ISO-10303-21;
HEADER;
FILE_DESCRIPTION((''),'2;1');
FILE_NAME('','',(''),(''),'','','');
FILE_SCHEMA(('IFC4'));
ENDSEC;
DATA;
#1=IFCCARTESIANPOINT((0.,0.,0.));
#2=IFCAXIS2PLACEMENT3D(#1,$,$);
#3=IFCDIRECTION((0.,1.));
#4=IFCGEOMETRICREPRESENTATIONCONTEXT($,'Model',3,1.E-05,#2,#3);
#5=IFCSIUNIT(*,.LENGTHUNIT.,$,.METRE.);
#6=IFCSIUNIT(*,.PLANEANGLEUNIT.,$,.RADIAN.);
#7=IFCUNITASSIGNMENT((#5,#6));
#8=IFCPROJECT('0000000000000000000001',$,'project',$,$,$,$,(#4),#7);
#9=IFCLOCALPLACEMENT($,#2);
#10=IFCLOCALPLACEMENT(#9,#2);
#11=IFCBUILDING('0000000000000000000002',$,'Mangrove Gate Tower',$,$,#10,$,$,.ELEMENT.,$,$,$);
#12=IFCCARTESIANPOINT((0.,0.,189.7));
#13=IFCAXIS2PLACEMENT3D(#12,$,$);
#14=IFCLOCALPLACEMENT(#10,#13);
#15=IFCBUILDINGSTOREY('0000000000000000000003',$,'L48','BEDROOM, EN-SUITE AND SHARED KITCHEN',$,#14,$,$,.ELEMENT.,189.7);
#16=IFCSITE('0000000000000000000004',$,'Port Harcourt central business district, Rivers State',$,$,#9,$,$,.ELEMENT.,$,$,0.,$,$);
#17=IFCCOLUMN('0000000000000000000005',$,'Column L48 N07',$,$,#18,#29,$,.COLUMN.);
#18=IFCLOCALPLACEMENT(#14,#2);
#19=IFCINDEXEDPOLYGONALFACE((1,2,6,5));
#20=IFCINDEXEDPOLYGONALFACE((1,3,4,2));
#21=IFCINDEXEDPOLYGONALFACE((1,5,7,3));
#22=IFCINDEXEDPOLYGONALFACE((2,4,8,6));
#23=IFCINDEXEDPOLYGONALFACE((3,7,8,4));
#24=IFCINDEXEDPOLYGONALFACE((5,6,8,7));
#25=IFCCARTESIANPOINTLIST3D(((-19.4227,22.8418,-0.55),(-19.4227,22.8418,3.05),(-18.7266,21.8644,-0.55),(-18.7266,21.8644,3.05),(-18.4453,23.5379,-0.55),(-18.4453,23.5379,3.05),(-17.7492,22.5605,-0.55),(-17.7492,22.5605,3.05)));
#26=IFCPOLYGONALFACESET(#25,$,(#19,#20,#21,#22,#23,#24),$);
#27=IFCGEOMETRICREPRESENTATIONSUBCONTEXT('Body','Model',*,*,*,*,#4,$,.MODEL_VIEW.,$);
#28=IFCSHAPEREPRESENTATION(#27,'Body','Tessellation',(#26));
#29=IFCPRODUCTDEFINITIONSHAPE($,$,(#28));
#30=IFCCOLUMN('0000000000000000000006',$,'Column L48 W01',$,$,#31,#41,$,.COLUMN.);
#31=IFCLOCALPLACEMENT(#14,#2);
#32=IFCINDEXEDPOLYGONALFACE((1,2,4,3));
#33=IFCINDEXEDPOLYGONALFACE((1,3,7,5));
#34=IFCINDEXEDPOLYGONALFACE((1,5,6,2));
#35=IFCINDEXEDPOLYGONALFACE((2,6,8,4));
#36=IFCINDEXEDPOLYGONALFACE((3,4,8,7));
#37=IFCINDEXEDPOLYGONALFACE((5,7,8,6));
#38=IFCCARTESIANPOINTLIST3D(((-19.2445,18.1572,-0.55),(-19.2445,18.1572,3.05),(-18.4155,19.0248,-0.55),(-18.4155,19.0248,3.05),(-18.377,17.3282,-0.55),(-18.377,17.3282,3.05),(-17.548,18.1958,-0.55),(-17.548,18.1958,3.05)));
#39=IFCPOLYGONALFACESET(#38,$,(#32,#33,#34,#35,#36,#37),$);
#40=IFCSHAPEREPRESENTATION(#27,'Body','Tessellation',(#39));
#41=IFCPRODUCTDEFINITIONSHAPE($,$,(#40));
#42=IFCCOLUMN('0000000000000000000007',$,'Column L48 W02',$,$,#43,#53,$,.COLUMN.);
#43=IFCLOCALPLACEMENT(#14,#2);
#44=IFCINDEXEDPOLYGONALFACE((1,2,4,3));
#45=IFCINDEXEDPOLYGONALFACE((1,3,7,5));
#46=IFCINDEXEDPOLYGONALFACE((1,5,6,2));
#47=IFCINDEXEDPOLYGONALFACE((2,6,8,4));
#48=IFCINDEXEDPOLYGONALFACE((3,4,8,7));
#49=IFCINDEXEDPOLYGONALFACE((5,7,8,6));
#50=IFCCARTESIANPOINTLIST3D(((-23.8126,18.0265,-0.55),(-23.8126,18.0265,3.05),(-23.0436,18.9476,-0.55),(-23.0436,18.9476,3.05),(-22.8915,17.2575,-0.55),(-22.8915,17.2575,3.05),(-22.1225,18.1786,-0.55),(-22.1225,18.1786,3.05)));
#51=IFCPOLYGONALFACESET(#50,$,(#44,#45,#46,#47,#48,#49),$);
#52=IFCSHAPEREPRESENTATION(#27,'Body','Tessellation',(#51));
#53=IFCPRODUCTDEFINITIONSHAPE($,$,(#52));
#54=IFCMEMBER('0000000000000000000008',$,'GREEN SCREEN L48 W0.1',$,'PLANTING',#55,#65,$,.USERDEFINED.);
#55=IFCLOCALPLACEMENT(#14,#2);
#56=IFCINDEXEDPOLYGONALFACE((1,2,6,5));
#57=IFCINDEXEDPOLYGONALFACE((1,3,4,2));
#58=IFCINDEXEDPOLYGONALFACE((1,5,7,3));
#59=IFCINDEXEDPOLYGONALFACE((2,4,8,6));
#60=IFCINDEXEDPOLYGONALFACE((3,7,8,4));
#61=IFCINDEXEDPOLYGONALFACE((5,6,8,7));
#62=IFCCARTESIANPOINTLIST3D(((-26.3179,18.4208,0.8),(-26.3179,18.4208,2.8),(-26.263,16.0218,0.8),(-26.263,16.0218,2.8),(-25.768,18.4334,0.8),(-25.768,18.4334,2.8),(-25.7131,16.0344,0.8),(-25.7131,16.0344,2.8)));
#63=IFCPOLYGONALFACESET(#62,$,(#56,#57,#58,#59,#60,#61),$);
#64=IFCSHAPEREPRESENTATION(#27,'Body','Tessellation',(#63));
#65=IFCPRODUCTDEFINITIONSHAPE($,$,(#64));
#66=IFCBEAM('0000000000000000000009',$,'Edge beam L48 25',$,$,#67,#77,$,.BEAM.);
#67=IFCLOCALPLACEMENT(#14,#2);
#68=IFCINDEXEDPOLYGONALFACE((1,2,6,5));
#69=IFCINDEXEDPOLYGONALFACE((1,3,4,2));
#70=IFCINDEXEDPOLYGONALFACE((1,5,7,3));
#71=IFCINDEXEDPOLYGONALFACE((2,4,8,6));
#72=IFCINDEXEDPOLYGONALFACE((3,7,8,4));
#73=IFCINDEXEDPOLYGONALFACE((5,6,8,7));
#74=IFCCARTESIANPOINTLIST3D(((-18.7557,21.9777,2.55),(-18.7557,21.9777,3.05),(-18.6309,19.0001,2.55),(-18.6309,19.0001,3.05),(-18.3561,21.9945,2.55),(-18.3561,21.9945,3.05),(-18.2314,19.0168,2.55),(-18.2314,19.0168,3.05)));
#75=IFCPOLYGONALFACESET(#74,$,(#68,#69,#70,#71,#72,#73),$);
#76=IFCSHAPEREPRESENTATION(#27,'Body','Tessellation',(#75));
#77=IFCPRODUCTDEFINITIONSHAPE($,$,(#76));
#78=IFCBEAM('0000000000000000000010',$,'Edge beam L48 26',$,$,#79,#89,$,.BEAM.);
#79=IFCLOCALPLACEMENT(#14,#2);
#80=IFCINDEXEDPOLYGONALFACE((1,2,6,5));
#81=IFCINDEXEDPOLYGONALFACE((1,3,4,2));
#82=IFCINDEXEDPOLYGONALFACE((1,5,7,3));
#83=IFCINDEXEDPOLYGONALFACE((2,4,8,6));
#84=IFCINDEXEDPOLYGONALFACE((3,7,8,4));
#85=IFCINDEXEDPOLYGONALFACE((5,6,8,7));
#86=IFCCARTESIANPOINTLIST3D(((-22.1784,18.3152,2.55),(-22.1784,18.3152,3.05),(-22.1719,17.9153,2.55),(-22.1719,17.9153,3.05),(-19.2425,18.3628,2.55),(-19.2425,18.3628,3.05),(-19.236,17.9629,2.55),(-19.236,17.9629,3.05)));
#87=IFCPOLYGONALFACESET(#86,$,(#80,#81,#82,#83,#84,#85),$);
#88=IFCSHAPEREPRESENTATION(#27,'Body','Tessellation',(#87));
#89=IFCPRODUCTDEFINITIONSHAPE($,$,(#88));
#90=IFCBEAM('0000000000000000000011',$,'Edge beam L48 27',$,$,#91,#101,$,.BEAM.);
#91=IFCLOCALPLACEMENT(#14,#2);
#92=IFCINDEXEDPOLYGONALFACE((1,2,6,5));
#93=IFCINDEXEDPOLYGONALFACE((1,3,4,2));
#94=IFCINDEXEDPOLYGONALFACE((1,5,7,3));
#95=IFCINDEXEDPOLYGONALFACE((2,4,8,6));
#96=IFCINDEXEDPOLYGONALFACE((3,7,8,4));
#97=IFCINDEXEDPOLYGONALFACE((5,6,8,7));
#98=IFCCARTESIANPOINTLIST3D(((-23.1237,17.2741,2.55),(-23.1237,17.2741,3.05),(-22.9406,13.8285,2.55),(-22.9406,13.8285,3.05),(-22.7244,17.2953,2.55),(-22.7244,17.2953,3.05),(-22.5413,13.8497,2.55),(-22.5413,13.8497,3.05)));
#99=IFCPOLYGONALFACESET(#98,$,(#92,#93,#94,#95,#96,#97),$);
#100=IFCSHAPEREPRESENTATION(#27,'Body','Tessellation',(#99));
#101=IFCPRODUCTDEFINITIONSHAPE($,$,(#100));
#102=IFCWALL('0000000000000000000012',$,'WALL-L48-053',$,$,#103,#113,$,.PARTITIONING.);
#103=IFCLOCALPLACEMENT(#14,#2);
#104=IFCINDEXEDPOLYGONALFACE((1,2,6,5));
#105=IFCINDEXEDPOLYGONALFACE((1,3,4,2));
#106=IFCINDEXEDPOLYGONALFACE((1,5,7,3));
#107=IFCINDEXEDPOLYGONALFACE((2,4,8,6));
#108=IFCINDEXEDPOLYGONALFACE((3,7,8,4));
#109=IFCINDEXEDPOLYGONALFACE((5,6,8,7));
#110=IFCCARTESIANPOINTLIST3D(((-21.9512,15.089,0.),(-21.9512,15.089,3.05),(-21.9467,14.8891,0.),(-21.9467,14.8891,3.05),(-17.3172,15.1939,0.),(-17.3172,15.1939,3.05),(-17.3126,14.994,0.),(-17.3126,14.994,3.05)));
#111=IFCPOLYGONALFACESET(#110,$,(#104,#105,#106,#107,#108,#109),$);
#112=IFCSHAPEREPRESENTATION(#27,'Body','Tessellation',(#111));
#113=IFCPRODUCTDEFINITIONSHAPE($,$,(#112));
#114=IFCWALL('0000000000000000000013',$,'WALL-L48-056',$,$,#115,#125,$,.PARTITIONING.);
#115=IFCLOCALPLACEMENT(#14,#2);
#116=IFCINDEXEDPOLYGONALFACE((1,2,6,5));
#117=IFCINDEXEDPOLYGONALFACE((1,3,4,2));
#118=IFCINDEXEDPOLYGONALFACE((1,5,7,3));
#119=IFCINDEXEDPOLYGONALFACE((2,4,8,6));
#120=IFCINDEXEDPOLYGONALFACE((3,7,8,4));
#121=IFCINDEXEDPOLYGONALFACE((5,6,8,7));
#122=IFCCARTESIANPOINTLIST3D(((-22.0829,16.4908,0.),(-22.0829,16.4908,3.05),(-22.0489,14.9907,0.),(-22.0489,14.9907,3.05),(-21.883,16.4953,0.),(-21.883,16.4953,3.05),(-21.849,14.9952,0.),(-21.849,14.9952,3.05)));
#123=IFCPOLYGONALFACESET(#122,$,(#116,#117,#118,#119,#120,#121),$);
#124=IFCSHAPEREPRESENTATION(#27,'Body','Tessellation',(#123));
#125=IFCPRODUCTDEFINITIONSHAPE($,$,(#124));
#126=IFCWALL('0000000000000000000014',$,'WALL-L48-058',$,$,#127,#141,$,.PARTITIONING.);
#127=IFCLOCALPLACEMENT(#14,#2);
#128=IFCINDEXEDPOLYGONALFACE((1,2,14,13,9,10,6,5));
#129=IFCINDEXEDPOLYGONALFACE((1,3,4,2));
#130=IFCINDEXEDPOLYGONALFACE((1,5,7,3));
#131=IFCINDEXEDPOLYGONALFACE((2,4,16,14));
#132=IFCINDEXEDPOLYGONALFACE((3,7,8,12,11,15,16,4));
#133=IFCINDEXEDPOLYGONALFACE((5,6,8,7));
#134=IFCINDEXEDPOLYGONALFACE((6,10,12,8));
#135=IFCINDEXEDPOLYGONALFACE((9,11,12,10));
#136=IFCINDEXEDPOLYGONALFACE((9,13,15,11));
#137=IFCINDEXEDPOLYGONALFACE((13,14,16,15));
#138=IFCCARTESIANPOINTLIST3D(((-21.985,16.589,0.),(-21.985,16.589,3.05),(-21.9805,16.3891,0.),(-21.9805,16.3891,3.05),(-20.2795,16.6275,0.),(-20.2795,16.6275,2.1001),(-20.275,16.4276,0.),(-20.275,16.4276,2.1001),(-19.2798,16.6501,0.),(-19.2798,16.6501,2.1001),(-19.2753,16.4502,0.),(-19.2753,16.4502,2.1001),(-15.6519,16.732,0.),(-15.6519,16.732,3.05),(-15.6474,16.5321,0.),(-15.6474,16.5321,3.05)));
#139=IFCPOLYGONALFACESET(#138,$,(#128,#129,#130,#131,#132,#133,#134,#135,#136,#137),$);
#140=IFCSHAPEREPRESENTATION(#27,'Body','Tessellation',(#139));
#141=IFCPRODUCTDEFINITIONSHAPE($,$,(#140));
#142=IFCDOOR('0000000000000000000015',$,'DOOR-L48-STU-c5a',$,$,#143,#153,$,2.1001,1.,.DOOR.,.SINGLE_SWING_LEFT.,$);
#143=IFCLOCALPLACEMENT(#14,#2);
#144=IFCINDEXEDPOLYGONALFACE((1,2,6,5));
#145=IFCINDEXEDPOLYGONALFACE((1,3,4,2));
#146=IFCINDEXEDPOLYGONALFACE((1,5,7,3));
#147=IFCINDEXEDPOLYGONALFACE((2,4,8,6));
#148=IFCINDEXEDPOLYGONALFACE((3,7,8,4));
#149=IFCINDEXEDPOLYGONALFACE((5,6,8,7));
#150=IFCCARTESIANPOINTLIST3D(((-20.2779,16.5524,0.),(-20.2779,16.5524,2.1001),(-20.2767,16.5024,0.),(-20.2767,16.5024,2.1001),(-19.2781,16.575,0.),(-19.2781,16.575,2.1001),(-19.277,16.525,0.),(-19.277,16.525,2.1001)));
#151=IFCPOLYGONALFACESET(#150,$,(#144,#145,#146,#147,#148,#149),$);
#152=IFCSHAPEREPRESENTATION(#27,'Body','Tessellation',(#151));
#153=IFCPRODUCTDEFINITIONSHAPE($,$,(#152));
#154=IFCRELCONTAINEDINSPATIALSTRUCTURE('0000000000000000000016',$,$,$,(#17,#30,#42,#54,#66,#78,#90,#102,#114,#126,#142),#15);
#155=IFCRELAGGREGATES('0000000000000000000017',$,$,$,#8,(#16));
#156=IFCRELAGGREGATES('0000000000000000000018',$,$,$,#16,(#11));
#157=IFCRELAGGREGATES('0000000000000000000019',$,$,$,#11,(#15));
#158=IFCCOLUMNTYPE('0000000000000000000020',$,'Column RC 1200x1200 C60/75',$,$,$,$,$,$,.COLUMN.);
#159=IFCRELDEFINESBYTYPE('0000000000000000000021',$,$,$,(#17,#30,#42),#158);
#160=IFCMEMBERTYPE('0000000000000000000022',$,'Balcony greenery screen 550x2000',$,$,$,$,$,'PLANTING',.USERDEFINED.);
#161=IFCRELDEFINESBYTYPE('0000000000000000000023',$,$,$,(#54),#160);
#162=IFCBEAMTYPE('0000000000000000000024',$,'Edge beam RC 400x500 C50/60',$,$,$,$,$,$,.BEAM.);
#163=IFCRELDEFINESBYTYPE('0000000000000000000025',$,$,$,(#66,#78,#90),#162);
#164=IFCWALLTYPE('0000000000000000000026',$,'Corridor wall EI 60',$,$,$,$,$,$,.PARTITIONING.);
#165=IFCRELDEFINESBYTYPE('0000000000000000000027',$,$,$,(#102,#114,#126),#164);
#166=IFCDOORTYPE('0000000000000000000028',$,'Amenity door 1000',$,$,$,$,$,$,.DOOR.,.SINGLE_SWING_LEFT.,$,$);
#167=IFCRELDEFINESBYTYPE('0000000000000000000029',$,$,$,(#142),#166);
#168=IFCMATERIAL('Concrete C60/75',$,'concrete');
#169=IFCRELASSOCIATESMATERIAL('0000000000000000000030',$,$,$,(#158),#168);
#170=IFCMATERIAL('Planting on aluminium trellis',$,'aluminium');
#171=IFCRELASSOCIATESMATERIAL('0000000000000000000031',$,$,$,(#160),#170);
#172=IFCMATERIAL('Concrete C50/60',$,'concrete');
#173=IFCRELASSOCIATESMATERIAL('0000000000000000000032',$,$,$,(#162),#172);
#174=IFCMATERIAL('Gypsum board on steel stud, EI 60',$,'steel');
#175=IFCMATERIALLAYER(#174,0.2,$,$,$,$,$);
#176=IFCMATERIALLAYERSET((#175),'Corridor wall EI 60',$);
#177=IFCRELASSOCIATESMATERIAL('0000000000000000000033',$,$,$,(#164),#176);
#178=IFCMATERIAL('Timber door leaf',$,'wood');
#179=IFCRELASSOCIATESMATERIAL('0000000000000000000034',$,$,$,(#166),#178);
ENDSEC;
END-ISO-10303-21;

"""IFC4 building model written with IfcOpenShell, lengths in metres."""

from ifc_helpers import new_model, si_unit, direction, frame, frame_2d, origin, origin_2d, place, context, subcontext, project, spatial, rectangle, extrude, material, layer, layer_set, material_profile, profile_set, type_object, element, fill, save


model = new_model("IFC4")

# Units and contexts
model_context = context("Model", 3, precision=1e-05, world=origin(), true_north=direction((0.0, 1.0)))
body_context = subcontext(model_context, "Body", "Model", "MODEL_VIEW")
ifc_project = project(units=[si_unit("LENGTHUNIT", "METRE"), si_unit("PLANEANGLEUNIT", "RADIAN")], contexts=[model_context])

# Site, building, storey
site_placement = place(None, origin())
site = spatial("IfcSite", under=ifc_project, at=site_placement, Name="Port Harcourt central business district, Rivers State", CompositionType="ELEMENT", RefElevation=0.0)
building_placement = place(site_placement, origin())
building = spatial("IfcBuilding", under=site, at=building_placement, Name="Mangrove Gate Tower", CompositionType="ELEMENT")
storey_placement = place(building_placement, frame((0.0, 0.0, 189.7)))
storey = spatial("IfcBuildingStorey", under=building, at=storey_placement, Name="L48", Description="BEDROOM, EN-SUITE AND SHARED KITCHEN", CompositionType="ELEMENT", Elevation=189.7)

# Columns
ifc_material_1 = material(Name="Concrete C60/75", Category="concrete")
ifc_material_profile_1 = material_profile(ifc_material_1, rectangle(XDim=1.2, YDim=1.2, at=origin_2d()))
ifc_profile_set_1 = profile_set([ifc_material_profile_1], Name="Concrete C60/75")
column_type = type_object("IfcColumnType", Name="Column RC 1200x1200 C60/75", PredefinedType="COLUMN", material=ifc_profile_set_1)
for number, where, z_axis, x_axis, name in (
    (1, (-18.5859, 22.7012, -0.55), (0.0, 0.0, 1.0), (-0.814549, -0.580095, 0.0), "Column L48 N07"),
    (2, (-18.3962, 18.1765, -0.55), (0.0, 0.0, 1.0), (-0.69086, -0.722989, 0.0), "Column L48 W01"),
    (3, (-22.9675, 18.1025, -0.55), (0.0, 0.0, 1.0), (-0.640874, -0.767646, 0.0), "Column L48 W02"),
):
    element("IfcColumn", number, at=place(storey_placement, frame(where, z_axis=z_axis, x_axis=x_axis)), inside=storey, type_object=column_type, Name=name, PredefinedType="COLUMN", context=body_context, shape_type="SweptSolid", body=[
        extrude(rectangle(XDim=1.2, YDim=1.2, at=origin_2d()), origin(), (0.0, 0.0, 1.0), 3.6001),
    ])

# Member
ifc_material_2 = material(Name="Planting on aluminium trellis", Category="aluminium")
ifc_material_profile_2 = material_profile(ifc_material_2, rectangle(XDim=0.55, YDim=2.0, at=origin_2d()))
ifc_profile_set_2 = profile_set([ifc_material_profile_2], Name="Planting on aluminium trellis")
member_type = type_object("IfcMemberType", Name="Balcony greenery screen 550x2000", ElementType="PLANTING", PredefinedType="USERDEFINED", material=ifc_profile_set_2)
member_placement = place(storey_placement, frame((-25.988, 16.0281, 1.8), z_axis=(-0.022892, 0.999738, 0.0), x_axis=(-0.999738, -0.022892, 0.0)))
element("IfcMember", 4, at=member_placement, inside=storey, type_object=member_type, Name="GREEN SCREEN L48 W0.1", ObjectType="PLANTING", PredefinedType="USERDEFINED", context=body_context, shape_type="SweptSolid", body=[
    extrude(rectangle(XDim=0.55, YDim=2.0, at=origin_2d()), origin(), (0.0, 0.0, 1.0), 2.3997),
])

# Beams
ifc_material_3 = material(Name="Concrete C50/60", Category="concrete")
ifc_material_profile_3 = material_profile(ifc_material_3, rectangle(XDim=0.3999, YDim=0.5, at=origin_2d()))
ifc_profile_set_3 = profile_set([ifc_material_profile_3], Name="Concrete C50/60")
beam_type = type_object("IfcBeamType", Name="Edge beam RC 400x500 C50/60", PredefinedType="BEAM", material=ifc_profile_set_3)
beam_1_placement = place(storey_placement, frame((-18.5559, 21.9861, 2.8), z_axis=(0.041862, -0.999123, 0.0), x_axis=(0.999123, 0.041862, 0.0)))
element("IfcBeam", 5, at=beam_1_placement, inside=storey, type_object=beam_type, Name="Edge beam L48 25", PredefinedType="BEAM", context=body_context, shape_type="SweptSolid", body=[
    extrude(rectangle(XDim=0.3999, YDim=0.5, at=origin_2d()), origin(), (0.0, 0.0, 1.0), 2.9802),
])
beam_2_placement = place(storey_placement, frame((-19.2393, 18.1628, 2.8), z_axis=(-0.999869, -0.016214, 0.0), x_axis=(0.016214, -0.999869, 0.0)))
element("IfcBeam", 6, at=beam_2_placement, inside=storey, type_object=beam_type, Name="Edge beam L48 26", PredefinedType="BEAM", context=body_context, shape_type="SweptSolid", body=[
    extrude(rectangle(XDim=0.3999, YDim=0.5, at=origin_2d()), origin(), (0.0, 0.0, 1.0), 2.9363),
])
beam_3_placement = place(storey_placement, frame((-22.9241, 17.2847, 2.8), z_axis=(0.053068, -0.998591, 0.0), x_axis=(0.998591, 0.053068, 0.0)))
element("IfcBeam", 7, at=beam_3_placement, inside=storey, type_object=beam_type, Name="Edge beam L48 27", PredefinedType="BEAM", context=body_context, shape_type="SweptSolid", body=[
    extrude(rectangle(XDim=0.3999, YDim=0.5, at=origin_2d()), origin(), (0.0, 0.0, 1.0), 3.4504),
])

# Walls
ifc_material_4 = material(Name="Gypsum board on steel stud, EI 60", Category="steel")
ifc_layer_1 = layer(ifc_material_4, 0.2)
ifc_layer_set_1 = layer_set([ifc_layer_1], Name="Corridor wall EI 60")
wall_type_1 = type_object("IfcWallType", Name="Corridor wall EI 60", PredefinedType="PARTITIONING", material=ifc_layer_set_1)
wall_1_placement = place(storey_placement, frame((-21.949, 14.989, 0.0), z_axis=(0.0, 0.0, 1.0), x_axis=(0.999743, 0.022648, 0.0)))
element("IfcWall", 8, at=wall_1_placement, inside=storey, type_object=wall_type_1, Name="WALL-L48-053", PredefinedType="PARTITIONING", context=body_context, shape_type="SweptSolid", body=[
    extrude(rectangle(XDim=4.6353, YDim=0.2, at=frame_2d((2.3176, 0.0))), origin(), (0.0, 0.0, 1.0), 3.05),
])
wall_2_placement = place(storey_placement, frame((-21.949, 14.9929, 0.0), z_axis=(0.0, 0.0, 1.0), x_axis=(-0.022618, 0.999744, 0.0)))
element("IfcWall", 9, at=wall_2_placement, inside=storey, type_object=wall_type_1, Name="WALL-L48-056", PredefinedType="PARTITIONING", context=body_context, shape_type="SweptSolid", body=[
    extrude(rectangle(XDim=1.5005, YDim=0.2, at=frame_2d((0.7502, 0.0))), origin(), (0.0, 0.0, 1.0), 3.05),
])

# Wall, opening, door
wall_3_placement = place(storey_placement, frame((-21.9829, 16.489, 0.0), z_axis=(0.0, 0.0, 1.0), x_axis=(0.999745, 0.022585, 0.0)))
wall_3 = element("IfcWall", 10, at=wall_3_placement, inside=storey, type_object=wall_type_1, Name="WALL-L48-058", PredefinedType="PARTITIONING", context=body_context, shape_type="SweptSolid", body=[
    extrude(rectangle(XDim=6.3347, YDim=0.2, at=frame_2d((3.1675, 0.0))), origin(), (0.0, 0.0, 1.0), 3.05),
])
opening_1_placement = place(wall_3_placement, frame((1.7061, 0.0, 0.0)))
opening_1 = element("IfcOpeningElement", 11, at=opening_1_placement, cuts=wall_3, PredefinedType="OPENING", context=body_context, shape_type="SweptSolid", body=[
    extrude(rectangle(XDim=1.0, YDim=2.1001, at=frame_2d((0.5, 1.05))), frame((0.0, 0.1099, 0.0), z_axis=(0.0, -1.0, 0.0), x_axis=(1.0, 0.0, 0.0)), (0.0, 0.0, 1.0), 0.22),
])
ifc_material_5 = material(Name="Timber door leaf", Category="wood")
door_type_1 = type_object("IfcDoorType", Name="Amenity door 1000", OperationType="SINGLE_SWING_LEFT", PredefinedType="DOOR", material=ifc_material_5)
door_1_placement = place(opening_1_placement, origin())
door_1 = element("IfcDoor", 12, at=door_1_placement, inside=storey, type_object=door_type_1, Name="DOOR-L48-STU-c5a", OperationType="SINGLE_SWING_LEFT", OverallHeight=2.1001, OverallWidth=1.0, PredefinedType="DOOR", context=body_context, shape_type="SweptSolid", body=[
    extrude(rectangle(XDim=1.0, YDim=2.1001, at=frame_2d((0.5, 1.05))), frame((0.0, 0.0249, 0.0), z_axis=(0.0, -1.0, 0.0), x_axis=(1.0, 0.0, 0.0)), (0.0, 0.0, 1.0), 0.05),
])
fill(opening_1, door_1)

save(model, "model.ifc")
